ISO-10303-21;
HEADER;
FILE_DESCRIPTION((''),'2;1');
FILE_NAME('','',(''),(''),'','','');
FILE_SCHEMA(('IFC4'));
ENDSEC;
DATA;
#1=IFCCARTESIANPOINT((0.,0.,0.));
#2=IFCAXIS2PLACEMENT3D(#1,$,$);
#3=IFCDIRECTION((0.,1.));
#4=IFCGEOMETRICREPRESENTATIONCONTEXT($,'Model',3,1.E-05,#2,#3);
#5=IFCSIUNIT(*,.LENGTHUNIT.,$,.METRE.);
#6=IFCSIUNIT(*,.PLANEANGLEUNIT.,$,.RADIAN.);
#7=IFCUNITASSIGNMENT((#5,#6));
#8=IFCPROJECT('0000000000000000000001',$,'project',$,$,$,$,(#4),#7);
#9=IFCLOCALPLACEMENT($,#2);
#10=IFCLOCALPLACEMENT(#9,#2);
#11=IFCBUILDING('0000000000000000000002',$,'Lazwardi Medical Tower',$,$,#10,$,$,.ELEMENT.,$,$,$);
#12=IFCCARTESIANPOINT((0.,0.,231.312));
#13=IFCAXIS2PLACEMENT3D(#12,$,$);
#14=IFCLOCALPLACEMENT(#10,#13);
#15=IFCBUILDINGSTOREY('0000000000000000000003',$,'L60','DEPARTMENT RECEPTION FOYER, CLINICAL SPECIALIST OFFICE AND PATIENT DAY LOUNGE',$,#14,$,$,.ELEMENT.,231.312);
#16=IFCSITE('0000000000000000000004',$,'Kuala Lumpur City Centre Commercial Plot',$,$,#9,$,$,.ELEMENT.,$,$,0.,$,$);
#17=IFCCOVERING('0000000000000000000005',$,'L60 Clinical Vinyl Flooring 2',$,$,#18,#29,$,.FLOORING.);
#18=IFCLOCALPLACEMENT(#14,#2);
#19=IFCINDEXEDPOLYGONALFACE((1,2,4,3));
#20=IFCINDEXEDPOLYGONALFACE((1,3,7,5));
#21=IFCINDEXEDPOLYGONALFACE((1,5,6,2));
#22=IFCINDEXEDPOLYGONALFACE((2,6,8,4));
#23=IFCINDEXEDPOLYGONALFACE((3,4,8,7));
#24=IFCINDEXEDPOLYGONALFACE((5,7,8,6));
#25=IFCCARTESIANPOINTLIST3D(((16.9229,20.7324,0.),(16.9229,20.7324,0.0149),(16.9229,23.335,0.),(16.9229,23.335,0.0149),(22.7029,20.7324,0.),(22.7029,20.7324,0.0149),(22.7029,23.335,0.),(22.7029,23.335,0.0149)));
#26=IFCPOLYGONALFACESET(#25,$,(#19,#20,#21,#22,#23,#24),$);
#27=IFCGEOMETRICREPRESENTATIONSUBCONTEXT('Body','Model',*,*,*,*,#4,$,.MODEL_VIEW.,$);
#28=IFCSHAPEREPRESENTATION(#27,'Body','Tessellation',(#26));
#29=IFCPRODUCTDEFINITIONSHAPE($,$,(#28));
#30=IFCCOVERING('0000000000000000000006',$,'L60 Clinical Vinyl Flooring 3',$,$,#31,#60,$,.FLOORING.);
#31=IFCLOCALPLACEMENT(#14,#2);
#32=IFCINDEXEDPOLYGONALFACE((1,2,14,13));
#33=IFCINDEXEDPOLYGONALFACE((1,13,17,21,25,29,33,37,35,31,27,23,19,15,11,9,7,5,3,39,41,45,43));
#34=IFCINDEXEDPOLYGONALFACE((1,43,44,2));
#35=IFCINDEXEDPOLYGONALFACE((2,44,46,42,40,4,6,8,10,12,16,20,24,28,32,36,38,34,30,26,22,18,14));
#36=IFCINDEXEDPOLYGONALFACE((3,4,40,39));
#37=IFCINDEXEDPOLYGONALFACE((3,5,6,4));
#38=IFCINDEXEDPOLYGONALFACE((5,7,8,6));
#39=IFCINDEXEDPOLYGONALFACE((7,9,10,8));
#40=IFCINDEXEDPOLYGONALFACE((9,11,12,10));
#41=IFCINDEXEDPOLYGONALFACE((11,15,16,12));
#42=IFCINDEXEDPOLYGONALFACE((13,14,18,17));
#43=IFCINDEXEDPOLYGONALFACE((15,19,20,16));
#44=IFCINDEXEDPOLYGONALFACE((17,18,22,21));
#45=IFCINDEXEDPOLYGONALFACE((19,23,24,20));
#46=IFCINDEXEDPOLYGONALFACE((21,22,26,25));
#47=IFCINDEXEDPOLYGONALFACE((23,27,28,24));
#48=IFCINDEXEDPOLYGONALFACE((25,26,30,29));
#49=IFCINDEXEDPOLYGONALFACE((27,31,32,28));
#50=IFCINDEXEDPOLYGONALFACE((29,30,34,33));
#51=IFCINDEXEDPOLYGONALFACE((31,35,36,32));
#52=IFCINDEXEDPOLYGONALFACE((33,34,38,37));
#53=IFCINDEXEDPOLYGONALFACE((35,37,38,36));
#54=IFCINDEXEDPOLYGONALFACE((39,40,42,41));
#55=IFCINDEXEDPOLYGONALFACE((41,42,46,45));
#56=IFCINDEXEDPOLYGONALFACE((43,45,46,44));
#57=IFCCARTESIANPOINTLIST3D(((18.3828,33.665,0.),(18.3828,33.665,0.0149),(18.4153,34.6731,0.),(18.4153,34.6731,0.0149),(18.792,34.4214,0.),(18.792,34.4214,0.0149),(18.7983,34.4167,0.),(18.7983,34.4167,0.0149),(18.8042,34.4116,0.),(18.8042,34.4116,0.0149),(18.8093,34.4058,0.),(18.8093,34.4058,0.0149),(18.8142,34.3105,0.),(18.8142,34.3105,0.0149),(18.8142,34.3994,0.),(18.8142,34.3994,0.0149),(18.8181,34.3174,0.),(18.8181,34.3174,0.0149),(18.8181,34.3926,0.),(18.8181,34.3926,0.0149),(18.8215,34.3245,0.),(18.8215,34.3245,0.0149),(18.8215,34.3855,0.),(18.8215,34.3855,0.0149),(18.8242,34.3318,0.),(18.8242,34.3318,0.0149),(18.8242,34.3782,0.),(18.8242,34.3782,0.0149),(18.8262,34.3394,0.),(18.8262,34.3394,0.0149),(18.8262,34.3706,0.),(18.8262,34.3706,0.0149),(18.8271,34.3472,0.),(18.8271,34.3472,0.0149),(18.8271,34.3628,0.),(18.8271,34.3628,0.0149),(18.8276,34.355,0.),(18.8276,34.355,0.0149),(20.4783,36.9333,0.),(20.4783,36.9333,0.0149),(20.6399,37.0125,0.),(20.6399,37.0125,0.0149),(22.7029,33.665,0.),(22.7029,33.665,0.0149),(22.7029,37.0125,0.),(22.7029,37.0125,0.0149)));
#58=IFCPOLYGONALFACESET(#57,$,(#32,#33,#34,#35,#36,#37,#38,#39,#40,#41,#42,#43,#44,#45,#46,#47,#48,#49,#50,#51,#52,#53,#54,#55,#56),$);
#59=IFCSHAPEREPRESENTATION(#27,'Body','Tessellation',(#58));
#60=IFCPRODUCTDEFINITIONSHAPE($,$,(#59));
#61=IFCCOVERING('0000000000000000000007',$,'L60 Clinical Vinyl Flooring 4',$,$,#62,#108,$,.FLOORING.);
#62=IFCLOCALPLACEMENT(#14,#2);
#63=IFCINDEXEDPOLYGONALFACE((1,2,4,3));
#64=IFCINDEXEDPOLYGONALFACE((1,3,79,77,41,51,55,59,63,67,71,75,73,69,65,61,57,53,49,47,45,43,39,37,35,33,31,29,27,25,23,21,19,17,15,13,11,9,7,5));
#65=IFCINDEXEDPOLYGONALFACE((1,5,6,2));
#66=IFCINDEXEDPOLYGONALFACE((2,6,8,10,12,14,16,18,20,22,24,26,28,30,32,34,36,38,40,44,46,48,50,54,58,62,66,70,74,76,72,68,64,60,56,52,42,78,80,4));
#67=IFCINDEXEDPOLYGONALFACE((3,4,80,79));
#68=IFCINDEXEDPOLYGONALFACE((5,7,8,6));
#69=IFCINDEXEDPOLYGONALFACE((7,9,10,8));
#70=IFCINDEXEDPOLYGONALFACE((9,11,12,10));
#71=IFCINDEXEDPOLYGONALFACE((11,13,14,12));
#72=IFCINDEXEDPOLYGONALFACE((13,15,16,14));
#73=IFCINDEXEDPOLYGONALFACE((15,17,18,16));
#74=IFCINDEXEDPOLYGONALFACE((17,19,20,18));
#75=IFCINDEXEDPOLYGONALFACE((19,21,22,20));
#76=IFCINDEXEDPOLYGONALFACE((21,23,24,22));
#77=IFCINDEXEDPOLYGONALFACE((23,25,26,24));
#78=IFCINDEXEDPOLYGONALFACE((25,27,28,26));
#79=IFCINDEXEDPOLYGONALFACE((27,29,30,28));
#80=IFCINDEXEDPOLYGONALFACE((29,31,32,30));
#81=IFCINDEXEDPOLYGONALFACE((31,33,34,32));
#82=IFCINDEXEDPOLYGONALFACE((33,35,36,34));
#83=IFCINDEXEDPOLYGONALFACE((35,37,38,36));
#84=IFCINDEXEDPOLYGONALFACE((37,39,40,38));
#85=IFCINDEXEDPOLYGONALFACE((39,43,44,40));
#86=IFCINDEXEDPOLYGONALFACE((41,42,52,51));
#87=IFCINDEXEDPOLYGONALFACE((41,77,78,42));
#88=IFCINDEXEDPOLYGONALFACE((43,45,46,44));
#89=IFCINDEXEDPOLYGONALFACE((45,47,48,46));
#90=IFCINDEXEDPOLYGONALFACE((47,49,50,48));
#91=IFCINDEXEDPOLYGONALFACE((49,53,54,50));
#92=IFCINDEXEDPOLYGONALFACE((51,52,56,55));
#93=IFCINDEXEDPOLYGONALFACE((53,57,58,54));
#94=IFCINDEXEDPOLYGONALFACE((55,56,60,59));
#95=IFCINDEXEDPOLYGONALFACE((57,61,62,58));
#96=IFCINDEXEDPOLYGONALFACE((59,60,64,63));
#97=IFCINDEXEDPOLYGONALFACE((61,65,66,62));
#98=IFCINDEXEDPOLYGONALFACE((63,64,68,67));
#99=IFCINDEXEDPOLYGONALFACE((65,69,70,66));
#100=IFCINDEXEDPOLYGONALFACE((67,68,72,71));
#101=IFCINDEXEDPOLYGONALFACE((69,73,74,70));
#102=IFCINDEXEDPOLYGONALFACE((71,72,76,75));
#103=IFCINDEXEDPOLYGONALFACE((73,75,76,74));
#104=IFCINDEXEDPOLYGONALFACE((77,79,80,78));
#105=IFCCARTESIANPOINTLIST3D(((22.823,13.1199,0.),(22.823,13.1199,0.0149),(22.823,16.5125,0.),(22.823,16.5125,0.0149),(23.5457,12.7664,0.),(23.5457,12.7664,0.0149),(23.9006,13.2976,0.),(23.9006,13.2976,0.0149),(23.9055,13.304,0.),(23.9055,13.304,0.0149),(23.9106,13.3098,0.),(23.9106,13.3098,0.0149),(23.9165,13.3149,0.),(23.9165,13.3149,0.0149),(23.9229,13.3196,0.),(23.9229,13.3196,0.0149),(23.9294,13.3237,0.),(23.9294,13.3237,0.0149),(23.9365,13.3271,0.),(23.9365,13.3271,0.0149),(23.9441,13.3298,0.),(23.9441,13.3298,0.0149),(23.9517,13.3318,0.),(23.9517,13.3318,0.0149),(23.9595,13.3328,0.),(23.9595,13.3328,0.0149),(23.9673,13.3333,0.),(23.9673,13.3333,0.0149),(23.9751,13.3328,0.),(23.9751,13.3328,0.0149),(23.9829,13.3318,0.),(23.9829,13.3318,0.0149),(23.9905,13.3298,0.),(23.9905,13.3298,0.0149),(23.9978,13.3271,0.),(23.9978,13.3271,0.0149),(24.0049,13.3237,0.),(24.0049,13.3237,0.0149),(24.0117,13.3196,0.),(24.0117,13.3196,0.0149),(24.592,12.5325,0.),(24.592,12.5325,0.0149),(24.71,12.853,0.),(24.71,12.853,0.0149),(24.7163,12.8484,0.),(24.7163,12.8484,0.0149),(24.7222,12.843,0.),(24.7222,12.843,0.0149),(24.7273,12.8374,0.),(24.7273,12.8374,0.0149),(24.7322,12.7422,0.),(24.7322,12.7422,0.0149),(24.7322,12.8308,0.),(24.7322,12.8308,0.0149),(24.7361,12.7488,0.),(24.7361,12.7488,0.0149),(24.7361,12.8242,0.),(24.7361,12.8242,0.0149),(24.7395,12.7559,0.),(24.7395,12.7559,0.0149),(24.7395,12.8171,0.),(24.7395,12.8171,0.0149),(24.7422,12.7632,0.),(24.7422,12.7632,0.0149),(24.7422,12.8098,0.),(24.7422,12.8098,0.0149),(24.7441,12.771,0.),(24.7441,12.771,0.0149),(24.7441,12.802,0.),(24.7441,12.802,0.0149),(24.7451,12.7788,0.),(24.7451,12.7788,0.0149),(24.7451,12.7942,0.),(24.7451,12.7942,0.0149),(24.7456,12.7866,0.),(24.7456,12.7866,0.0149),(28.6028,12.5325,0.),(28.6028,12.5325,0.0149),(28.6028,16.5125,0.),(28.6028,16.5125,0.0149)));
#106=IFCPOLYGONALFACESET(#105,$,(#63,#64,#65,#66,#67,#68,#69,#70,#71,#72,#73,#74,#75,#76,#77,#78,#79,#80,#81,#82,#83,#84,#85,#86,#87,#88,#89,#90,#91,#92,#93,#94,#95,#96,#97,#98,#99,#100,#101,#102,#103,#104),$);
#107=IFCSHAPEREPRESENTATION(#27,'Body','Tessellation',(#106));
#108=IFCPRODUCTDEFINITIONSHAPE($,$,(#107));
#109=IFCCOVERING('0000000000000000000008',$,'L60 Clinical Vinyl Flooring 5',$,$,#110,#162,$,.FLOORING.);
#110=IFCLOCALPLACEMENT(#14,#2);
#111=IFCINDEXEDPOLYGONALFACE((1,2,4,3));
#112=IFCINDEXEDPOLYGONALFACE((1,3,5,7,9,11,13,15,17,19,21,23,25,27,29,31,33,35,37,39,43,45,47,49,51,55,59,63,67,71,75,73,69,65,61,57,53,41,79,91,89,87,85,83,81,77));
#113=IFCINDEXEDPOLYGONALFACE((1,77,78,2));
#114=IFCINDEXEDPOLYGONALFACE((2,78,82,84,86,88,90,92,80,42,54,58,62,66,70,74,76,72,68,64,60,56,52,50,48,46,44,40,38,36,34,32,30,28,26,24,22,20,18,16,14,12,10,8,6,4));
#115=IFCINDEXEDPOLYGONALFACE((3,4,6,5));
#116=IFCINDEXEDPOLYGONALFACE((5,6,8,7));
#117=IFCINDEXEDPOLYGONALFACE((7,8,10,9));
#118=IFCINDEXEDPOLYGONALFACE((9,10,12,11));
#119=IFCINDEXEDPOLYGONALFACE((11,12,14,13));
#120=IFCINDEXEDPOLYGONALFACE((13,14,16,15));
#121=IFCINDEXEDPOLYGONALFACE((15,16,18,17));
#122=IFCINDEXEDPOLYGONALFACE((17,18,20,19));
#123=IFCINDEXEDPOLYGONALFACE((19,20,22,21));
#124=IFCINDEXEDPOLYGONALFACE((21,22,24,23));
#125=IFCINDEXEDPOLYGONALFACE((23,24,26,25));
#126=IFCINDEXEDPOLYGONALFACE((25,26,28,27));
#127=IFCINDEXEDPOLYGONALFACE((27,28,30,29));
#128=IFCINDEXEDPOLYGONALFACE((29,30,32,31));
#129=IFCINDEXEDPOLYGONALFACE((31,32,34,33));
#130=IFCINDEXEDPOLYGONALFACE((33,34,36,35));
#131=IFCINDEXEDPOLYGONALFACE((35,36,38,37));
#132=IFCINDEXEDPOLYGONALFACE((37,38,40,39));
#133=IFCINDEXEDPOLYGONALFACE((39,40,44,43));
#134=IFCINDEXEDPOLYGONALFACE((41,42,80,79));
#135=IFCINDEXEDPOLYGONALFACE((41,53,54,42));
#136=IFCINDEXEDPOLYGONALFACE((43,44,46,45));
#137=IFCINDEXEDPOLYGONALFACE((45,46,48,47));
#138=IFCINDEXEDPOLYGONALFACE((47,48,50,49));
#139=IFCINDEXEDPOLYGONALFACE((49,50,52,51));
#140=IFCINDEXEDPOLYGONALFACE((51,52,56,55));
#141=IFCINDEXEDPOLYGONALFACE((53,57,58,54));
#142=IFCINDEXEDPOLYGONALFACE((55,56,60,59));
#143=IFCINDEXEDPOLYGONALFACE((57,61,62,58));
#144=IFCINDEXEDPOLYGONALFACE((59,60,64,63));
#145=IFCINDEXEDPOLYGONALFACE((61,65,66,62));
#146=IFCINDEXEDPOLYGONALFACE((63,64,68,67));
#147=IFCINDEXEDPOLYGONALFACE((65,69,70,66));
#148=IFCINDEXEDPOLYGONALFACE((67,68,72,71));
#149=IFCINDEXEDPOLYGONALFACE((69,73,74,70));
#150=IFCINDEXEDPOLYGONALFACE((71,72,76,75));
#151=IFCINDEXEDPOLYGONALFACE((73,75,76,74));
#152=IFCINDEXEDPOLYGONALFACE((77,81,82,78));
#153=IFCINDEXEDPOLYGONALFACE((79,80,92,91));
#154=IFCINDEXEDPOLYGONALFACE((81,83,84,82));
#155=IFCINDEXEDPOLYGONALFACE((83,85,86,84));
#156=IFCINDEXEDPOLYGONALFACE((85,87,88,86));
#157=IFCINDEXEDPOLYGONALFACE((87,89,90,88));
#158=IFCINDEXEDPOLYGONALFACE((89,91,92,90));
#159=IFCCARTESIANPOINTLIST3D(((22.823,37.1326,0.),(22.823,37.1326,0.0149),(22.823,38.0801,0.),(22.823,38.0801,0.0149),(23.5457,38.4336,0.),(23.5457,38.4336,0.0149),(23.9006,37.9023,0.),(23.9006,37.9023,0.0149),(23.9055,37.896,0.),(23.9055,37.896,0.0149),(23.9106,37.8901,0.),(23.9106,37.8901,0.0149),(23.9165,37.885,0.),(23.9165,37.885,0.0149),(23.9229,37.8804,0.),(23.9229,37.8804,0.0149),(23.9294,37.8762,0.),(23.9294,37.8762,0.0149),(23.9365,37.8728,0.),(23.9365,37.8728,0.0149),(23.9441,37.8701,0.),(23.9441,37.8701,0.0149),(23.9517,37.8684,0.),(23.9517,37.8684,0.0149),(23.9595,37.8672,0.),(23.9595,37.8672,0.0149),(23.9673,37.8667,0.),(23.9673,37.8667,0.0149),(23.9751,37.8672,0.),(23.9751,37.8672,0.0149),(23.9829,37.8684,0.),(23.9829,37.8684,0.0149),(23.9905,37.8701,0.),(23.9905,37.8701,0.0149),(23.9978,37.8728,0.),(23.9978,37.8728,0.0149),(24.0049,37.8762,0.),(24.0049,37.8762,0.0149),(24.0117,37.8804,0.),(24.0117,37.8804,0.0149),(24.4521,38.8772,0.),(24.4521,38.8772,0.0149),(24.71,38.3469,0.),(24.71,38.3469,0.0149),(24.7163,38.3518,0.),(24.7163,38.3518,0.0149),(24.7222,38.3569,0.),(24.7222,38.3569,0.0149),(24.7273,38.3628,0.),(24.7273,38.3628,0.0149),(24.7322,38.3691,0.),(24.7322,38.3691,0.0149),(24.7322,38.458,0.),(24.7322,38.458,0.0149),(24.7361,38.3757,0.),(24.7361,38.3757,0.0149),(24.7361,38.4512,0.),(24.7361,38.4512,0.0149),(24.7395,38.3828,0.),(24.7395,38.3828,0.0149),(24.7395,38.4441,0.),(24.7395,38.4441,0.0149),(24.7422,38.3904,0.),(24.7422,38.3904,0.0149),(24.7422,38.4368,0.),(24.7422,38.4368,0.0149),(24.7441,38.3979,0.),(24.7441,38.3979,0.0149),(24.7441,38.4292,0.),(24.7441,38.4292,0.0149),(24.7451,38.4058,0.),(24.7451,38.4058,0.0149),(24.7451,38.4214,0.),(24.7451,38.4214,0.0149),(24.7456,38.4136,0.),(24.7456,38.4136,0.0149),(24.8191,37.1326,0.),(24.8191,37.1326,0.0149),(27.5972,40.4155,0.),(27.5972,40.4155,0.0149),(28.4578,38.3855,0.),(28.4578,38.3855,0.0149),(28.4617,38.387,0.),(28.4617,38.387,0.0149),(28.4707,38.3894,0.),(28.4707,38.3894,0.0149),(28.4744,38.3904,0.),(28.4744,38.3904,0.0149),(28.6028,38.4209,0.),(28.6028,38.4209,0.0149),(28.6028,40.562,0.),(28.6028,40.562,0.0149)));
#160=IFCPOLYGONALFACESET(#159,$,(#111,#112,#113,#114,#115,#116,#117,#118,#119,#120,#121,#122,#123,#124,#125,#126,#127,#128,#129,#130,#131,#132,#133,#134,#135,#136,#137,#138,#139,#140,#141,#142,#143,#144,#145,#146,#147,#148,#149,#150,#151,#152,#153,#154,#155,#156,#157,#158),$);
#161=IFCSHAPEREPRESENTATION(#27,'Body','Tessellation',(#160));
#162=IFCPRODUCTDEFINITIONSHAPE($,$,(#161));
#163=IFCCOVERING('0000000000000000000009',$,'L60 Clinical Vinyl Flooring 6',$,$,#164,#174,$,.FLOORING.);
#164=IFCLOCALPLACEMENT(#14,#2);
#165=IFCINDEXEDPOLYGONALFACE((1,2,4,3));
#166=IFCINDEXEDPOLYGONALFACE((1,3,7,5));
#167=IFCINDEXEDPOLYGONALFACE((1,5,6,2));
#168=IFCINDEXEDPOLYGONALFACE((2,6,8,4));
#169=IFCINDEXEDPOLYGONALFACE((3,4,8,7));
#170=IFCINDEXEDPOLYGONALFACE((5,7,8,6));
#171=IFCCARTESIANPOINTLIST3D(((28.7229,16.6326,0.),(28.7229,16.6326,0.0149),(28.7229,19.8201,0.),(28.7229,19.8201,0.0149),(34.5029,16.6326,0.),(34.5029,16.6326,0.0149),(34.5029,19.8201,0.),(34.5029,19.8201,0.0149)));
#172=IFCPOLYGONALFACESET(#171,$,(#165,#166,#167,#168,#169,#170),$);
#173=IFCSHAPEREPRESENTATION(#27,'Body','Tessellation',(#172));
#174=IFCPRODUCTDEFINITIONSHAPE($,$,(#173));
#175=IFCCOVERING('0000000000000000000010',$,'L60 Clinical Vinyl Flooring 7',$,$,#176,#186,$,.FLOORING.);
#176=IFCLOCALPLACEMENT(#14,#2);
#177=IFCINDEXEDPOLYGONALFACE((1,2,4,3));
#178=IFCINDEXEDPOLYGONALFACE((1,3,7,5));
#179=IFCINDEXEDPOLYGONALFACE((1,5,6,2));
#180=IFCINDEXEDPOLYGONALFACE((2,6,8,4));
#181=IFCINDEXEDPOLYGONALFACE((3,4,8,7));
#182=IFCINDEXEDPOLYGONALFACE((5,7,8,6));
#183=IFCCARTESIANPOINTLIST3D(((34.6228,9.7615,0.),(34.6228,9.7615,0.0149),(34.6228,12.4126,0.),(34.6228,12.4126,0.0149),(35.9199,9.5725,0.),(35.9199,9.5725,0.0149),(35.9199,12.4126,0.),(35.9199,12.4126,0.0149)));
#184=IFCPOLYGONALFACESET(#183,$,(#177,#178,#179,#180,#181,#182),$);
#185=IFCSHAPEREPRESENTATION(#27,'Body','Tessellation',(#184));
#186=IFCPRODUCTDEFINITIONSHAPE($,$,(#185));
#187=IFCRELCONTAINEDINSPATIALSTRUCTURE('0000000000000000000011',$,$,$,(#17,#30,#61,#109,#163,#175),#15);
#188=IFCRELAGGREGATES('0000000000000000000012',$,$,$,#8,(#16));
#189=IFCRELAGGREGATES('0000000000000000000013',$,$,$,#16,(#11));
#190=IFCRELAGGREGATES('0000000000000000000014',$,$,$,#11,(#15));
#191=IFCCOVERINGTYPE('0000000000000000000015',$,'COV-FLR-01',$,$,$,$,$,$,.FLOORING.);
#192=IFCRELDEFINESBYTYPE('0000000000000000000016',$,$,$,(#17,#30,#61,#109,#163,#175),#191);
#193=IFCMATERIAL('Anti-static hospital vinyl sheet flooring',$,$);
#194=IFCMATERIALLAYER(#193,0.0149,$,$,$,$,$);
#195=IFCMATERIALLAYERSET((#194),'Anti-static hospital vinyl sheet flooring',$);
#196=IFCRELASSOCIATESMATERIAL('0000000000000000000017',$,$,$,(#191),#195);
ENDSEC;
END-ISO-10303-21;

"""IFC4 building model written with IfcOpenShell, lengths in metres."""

from ifc_helpers import new_model, si_unit, direction, frame, origin, place, context, subcontext, project, spatial, polyline, outline, extrude, material, layer, layer_set, type_object, element, save


model = new_model("IFC4")

# Units and contexts
model_context = context("Model", 3, precision=1e-05, world=origin(), true_north=direction((0.0, 1.0)))
body_context = subcontext(model_context, "Body", "Model", "MODEL_VIEW")
ifc_project = project(units=[si_unit("LENGTHUNIT", "METRE"), si_unit("PLANEANGLEUNIT", "RADIAN")], contexts=[model_context])

# Site, building, storey
site_placement = place(None, origin())
site = spatial("IfcSite", under=ifc_project, at=site_placement, Name="Kuala Lumpur City Centre Commercial Plot", CompositionType="ELEMENT", RefElevation=0.0)
building_placement = place(site_placement, origin())
building = spatial("IfcBuilding", under=site, at=building_placement, Name="Lazwardi Medical Tower", CompositionType="ELEMENT")
storey_placement = place(building_placement, frame((0.0, 0.0, 231.312)))
storey = spatial("IfcBuildingStorey", under=building, at=storey_placement, Name="L60", Description="DEPARTMENT RECEPTION FOYER, CLINICAL SPECIALIST OFFICE AND PATIENT DAY LOUNGE", CompositionType="ELEMENT", Elevation=231.312)

# Coverings
ifc_material_1 = material(Name="Anti-static hospital vinyl sheet flooring")
ifc_layer_1 = layer(ifc_material_1, 0.0149)
ifc_layer_set_1 = layer_set([ifc_layer_1], Name="Anti-static hospital vinyl sheet flooring")
covering_type_1 = type_object("IfcCoveringType", Name="COV-FLR-01", PredefinedType="FLOORING", material=ifc_layer_set_1)
covering_1_placement = place(storey_placement, origin())
element("IfcCovering", 1, at=covering_1_placement, inside=storey, type_object=covering_type_1, Name="L60 Clinical Vinyl Flooring 2", PredefinedType="FLOORING", context=body_context, shape_type="SweptSolid", body=[
    extrude(outline(polyline([(22.7029, 23.335), (16.9229, 23.335), (16.9229, 20.7324), (22.7029, 20.7324), (22.7029, 23.335)])), origin(), (0.0, 0.0, 1.0), 0.0149),
])
covering_2_placement = place(storey_placement, origin())
element("IfcCovering", 2, at=covering_2_placement, inside=storey, type_object=covering_type_1, Name="L60 Clinical Vinyl Flooring 3", PredefinedType="FLOORING", context=body_context, shape_type="SweptSolid", body=[
    extrude(outline(polyline([(20.6399, 37.0125), (20.4783, 36.9333), (18.4153, 34.6731), (18.792, 34.4214), (18.7983, 34.4167), (18.8042, 34.4116), (18.8093, 34.4058), (18.8142, 34.3994), (18.8181, 34.3926), (18.8215, 34.3855), (18.8242, 34.3782), (18.8262, 34.3706), (18.8271, 34.3628), (18.8276, 34.355), (18.8271, 34.3472), (18.8262, 34.3394), (18.8242, 34.3318), (18.8215, 34.3245), (18.8181, 34.3174), (18.8142, 34.3105), (18.3828, 33.665), (22.7029, 33.665), (22.7029, 37.0125), (20.6399, 37.0125)])), origin(), (0.0, 0.0, 1.0), 0.0149),
])
covering_3_placement = place(storey_placement, origin())
element("IfcCovering", 3, at=covering_3_placement, inside=storey, type_object=covering_type_1, Name="L60 Clinical Vinyl Flooring 4", PredefinedType="FLOORING", context=body_context, shape_type="SweptSolid", body=[
    extrude(outline(polyline([(22.823, 13.1199), (23.5457, 12.7664), (23.9006, 13.2976), (23.9055, 13.304), (23.9106, 13.3098), (23.9165, 13.3149), (23.9229, 13.3196), (23.9294, 13.3237), (23.9365, 13.3271), (23.9441, 13.3298), (23.9517, 13.3318), (23.9595, 13.3328), (23.9673, 13.3333), (23.9751, 13.3328), (23.9829, 13.3318), (23.9905, 13.3298), (23.9978, 13.3271), (24.0049, 13.3237), (24.0117, 13.3196), (24.71, 12.853), (24.7163, 12.8484), (24.7222, 12.843), (24.7273, 12.8374), (24.7322, 12.8308), (24.7361, 12.8242), (24.7395, 12.8171), (24.7422, 12.8098), (24.7441, 12.802), (24.7451, 12.7942), (24.7456, 12.7866), (24.7451, 12.7788), (24.7441, 12.771), (24.7422, 12.7632), (24.7395, 12.7559), (24.7361, 12.7488), (24.7322, 12.7422), (24.592, 12.5325), (28.6028, 12.5325), (28.6028, 16.5125), (22.823, 16.5125), (22.823, 13.1199)])), origin(), (0.0, 0.0, 1.0), 0.0149),
])
covering_4_placement = place(storey_placement, origin())
element("IfcCovering", 4, at=covering_4_placement, inside=storey, type_object=covering_type_1, Name="L60 Clinical Vinyl Flooring 5", PredefinedType="FLOORING", context=body_context, shape_type="SweptSolid", body=[
    extrude(outline(polyline([(28.6028, 40.562), (27.5972, 40.4155), (24.4521, 38.8772), (24.7322, 38.458), (24.7361, 38.4512), (24.7395, 38.4441), (24.7422, 38.4368), (24.7441, 38.4292), (24.7451, 38.4214), (24.7456, 38.4136), (24.7451, 38.4058), (24.7441, 38.3979), (24.7422, 38.3904), (24.7395, 38.3828), (24.7361, 38.3757), (24.7322, 38.3691), (24.7273, 38.3628), (24.7222, 38.3569), (24.7163, 38.3518), (24.71, 38.3469), (24.0117, 37.8804), (24.0049, 37.8762), (23.9978, 37.8728), (23.9905, 37.8701), (23.9829, 37.8684), (23.9751, 37.8672), (23.9673, 37.8667), (23.9595, 37.8672), (23.9517, 37.8684), (23.9441, 37.8701), (23.9365, 37.8728), (23.9294, 37.8762), (23.9229, 37.8804), (23.9165, 37.885), (23.9106, 37.8901), (23.9055, 37.896), (23.9006, 37.9023), (23.5457, 38.4336), (22.823, 38.0801), (22.823, 37.1326), (24.8191, 37.1326), (28.4578, 38.3855), (28.4617, 38.387), (28.4707, 38.3894), (28.4744, 38.3904), (28.6028, 38.4209), (28.6028, 40.562)])), origin(), (0.0, 0.0, 1.0), 0.0149),
])
covering_5_placement = place(storey_placement, origin())
element("IfcCovering", 5, at=covering_5_placement, inside=storey, type_object=covering_type_1, Name="L60 Clinical Vinyl Flooring 6", PredefinedType="FLOORING", context=body_context, shape_type="SweptSolid", body=[
    extrude(outline(polyline([(34.5029, 19.8201), (28.7229, 19.8201), (28.7229, 16.6326), (34.5029, 16.6326), (34.5029, 19.8201)])), origin(), (0.0, 0.0, 1.0), 0.0149),
])
covering_6_placement = place(storey_placement, origin())
element("IfcCovering", 6, at=covering_6_placement, inside=storey, type_object=covering_type_1, Name="L60 Clinical Vinyl Flooring 7", PredefinedType="FLOORING", context=body_context, shape_type="SweptSolid", body=[
    extrude(outline(polyline([(34.6228, 9.7615), (35.9199, 9.5725), (35.9199, 12.4126), (34.6228, 12.4126), (34.6228, 9.7615)])), origin(), (0.0, 0.0, 1.0), 0.0149),
])

save(model, "model.ifc")
